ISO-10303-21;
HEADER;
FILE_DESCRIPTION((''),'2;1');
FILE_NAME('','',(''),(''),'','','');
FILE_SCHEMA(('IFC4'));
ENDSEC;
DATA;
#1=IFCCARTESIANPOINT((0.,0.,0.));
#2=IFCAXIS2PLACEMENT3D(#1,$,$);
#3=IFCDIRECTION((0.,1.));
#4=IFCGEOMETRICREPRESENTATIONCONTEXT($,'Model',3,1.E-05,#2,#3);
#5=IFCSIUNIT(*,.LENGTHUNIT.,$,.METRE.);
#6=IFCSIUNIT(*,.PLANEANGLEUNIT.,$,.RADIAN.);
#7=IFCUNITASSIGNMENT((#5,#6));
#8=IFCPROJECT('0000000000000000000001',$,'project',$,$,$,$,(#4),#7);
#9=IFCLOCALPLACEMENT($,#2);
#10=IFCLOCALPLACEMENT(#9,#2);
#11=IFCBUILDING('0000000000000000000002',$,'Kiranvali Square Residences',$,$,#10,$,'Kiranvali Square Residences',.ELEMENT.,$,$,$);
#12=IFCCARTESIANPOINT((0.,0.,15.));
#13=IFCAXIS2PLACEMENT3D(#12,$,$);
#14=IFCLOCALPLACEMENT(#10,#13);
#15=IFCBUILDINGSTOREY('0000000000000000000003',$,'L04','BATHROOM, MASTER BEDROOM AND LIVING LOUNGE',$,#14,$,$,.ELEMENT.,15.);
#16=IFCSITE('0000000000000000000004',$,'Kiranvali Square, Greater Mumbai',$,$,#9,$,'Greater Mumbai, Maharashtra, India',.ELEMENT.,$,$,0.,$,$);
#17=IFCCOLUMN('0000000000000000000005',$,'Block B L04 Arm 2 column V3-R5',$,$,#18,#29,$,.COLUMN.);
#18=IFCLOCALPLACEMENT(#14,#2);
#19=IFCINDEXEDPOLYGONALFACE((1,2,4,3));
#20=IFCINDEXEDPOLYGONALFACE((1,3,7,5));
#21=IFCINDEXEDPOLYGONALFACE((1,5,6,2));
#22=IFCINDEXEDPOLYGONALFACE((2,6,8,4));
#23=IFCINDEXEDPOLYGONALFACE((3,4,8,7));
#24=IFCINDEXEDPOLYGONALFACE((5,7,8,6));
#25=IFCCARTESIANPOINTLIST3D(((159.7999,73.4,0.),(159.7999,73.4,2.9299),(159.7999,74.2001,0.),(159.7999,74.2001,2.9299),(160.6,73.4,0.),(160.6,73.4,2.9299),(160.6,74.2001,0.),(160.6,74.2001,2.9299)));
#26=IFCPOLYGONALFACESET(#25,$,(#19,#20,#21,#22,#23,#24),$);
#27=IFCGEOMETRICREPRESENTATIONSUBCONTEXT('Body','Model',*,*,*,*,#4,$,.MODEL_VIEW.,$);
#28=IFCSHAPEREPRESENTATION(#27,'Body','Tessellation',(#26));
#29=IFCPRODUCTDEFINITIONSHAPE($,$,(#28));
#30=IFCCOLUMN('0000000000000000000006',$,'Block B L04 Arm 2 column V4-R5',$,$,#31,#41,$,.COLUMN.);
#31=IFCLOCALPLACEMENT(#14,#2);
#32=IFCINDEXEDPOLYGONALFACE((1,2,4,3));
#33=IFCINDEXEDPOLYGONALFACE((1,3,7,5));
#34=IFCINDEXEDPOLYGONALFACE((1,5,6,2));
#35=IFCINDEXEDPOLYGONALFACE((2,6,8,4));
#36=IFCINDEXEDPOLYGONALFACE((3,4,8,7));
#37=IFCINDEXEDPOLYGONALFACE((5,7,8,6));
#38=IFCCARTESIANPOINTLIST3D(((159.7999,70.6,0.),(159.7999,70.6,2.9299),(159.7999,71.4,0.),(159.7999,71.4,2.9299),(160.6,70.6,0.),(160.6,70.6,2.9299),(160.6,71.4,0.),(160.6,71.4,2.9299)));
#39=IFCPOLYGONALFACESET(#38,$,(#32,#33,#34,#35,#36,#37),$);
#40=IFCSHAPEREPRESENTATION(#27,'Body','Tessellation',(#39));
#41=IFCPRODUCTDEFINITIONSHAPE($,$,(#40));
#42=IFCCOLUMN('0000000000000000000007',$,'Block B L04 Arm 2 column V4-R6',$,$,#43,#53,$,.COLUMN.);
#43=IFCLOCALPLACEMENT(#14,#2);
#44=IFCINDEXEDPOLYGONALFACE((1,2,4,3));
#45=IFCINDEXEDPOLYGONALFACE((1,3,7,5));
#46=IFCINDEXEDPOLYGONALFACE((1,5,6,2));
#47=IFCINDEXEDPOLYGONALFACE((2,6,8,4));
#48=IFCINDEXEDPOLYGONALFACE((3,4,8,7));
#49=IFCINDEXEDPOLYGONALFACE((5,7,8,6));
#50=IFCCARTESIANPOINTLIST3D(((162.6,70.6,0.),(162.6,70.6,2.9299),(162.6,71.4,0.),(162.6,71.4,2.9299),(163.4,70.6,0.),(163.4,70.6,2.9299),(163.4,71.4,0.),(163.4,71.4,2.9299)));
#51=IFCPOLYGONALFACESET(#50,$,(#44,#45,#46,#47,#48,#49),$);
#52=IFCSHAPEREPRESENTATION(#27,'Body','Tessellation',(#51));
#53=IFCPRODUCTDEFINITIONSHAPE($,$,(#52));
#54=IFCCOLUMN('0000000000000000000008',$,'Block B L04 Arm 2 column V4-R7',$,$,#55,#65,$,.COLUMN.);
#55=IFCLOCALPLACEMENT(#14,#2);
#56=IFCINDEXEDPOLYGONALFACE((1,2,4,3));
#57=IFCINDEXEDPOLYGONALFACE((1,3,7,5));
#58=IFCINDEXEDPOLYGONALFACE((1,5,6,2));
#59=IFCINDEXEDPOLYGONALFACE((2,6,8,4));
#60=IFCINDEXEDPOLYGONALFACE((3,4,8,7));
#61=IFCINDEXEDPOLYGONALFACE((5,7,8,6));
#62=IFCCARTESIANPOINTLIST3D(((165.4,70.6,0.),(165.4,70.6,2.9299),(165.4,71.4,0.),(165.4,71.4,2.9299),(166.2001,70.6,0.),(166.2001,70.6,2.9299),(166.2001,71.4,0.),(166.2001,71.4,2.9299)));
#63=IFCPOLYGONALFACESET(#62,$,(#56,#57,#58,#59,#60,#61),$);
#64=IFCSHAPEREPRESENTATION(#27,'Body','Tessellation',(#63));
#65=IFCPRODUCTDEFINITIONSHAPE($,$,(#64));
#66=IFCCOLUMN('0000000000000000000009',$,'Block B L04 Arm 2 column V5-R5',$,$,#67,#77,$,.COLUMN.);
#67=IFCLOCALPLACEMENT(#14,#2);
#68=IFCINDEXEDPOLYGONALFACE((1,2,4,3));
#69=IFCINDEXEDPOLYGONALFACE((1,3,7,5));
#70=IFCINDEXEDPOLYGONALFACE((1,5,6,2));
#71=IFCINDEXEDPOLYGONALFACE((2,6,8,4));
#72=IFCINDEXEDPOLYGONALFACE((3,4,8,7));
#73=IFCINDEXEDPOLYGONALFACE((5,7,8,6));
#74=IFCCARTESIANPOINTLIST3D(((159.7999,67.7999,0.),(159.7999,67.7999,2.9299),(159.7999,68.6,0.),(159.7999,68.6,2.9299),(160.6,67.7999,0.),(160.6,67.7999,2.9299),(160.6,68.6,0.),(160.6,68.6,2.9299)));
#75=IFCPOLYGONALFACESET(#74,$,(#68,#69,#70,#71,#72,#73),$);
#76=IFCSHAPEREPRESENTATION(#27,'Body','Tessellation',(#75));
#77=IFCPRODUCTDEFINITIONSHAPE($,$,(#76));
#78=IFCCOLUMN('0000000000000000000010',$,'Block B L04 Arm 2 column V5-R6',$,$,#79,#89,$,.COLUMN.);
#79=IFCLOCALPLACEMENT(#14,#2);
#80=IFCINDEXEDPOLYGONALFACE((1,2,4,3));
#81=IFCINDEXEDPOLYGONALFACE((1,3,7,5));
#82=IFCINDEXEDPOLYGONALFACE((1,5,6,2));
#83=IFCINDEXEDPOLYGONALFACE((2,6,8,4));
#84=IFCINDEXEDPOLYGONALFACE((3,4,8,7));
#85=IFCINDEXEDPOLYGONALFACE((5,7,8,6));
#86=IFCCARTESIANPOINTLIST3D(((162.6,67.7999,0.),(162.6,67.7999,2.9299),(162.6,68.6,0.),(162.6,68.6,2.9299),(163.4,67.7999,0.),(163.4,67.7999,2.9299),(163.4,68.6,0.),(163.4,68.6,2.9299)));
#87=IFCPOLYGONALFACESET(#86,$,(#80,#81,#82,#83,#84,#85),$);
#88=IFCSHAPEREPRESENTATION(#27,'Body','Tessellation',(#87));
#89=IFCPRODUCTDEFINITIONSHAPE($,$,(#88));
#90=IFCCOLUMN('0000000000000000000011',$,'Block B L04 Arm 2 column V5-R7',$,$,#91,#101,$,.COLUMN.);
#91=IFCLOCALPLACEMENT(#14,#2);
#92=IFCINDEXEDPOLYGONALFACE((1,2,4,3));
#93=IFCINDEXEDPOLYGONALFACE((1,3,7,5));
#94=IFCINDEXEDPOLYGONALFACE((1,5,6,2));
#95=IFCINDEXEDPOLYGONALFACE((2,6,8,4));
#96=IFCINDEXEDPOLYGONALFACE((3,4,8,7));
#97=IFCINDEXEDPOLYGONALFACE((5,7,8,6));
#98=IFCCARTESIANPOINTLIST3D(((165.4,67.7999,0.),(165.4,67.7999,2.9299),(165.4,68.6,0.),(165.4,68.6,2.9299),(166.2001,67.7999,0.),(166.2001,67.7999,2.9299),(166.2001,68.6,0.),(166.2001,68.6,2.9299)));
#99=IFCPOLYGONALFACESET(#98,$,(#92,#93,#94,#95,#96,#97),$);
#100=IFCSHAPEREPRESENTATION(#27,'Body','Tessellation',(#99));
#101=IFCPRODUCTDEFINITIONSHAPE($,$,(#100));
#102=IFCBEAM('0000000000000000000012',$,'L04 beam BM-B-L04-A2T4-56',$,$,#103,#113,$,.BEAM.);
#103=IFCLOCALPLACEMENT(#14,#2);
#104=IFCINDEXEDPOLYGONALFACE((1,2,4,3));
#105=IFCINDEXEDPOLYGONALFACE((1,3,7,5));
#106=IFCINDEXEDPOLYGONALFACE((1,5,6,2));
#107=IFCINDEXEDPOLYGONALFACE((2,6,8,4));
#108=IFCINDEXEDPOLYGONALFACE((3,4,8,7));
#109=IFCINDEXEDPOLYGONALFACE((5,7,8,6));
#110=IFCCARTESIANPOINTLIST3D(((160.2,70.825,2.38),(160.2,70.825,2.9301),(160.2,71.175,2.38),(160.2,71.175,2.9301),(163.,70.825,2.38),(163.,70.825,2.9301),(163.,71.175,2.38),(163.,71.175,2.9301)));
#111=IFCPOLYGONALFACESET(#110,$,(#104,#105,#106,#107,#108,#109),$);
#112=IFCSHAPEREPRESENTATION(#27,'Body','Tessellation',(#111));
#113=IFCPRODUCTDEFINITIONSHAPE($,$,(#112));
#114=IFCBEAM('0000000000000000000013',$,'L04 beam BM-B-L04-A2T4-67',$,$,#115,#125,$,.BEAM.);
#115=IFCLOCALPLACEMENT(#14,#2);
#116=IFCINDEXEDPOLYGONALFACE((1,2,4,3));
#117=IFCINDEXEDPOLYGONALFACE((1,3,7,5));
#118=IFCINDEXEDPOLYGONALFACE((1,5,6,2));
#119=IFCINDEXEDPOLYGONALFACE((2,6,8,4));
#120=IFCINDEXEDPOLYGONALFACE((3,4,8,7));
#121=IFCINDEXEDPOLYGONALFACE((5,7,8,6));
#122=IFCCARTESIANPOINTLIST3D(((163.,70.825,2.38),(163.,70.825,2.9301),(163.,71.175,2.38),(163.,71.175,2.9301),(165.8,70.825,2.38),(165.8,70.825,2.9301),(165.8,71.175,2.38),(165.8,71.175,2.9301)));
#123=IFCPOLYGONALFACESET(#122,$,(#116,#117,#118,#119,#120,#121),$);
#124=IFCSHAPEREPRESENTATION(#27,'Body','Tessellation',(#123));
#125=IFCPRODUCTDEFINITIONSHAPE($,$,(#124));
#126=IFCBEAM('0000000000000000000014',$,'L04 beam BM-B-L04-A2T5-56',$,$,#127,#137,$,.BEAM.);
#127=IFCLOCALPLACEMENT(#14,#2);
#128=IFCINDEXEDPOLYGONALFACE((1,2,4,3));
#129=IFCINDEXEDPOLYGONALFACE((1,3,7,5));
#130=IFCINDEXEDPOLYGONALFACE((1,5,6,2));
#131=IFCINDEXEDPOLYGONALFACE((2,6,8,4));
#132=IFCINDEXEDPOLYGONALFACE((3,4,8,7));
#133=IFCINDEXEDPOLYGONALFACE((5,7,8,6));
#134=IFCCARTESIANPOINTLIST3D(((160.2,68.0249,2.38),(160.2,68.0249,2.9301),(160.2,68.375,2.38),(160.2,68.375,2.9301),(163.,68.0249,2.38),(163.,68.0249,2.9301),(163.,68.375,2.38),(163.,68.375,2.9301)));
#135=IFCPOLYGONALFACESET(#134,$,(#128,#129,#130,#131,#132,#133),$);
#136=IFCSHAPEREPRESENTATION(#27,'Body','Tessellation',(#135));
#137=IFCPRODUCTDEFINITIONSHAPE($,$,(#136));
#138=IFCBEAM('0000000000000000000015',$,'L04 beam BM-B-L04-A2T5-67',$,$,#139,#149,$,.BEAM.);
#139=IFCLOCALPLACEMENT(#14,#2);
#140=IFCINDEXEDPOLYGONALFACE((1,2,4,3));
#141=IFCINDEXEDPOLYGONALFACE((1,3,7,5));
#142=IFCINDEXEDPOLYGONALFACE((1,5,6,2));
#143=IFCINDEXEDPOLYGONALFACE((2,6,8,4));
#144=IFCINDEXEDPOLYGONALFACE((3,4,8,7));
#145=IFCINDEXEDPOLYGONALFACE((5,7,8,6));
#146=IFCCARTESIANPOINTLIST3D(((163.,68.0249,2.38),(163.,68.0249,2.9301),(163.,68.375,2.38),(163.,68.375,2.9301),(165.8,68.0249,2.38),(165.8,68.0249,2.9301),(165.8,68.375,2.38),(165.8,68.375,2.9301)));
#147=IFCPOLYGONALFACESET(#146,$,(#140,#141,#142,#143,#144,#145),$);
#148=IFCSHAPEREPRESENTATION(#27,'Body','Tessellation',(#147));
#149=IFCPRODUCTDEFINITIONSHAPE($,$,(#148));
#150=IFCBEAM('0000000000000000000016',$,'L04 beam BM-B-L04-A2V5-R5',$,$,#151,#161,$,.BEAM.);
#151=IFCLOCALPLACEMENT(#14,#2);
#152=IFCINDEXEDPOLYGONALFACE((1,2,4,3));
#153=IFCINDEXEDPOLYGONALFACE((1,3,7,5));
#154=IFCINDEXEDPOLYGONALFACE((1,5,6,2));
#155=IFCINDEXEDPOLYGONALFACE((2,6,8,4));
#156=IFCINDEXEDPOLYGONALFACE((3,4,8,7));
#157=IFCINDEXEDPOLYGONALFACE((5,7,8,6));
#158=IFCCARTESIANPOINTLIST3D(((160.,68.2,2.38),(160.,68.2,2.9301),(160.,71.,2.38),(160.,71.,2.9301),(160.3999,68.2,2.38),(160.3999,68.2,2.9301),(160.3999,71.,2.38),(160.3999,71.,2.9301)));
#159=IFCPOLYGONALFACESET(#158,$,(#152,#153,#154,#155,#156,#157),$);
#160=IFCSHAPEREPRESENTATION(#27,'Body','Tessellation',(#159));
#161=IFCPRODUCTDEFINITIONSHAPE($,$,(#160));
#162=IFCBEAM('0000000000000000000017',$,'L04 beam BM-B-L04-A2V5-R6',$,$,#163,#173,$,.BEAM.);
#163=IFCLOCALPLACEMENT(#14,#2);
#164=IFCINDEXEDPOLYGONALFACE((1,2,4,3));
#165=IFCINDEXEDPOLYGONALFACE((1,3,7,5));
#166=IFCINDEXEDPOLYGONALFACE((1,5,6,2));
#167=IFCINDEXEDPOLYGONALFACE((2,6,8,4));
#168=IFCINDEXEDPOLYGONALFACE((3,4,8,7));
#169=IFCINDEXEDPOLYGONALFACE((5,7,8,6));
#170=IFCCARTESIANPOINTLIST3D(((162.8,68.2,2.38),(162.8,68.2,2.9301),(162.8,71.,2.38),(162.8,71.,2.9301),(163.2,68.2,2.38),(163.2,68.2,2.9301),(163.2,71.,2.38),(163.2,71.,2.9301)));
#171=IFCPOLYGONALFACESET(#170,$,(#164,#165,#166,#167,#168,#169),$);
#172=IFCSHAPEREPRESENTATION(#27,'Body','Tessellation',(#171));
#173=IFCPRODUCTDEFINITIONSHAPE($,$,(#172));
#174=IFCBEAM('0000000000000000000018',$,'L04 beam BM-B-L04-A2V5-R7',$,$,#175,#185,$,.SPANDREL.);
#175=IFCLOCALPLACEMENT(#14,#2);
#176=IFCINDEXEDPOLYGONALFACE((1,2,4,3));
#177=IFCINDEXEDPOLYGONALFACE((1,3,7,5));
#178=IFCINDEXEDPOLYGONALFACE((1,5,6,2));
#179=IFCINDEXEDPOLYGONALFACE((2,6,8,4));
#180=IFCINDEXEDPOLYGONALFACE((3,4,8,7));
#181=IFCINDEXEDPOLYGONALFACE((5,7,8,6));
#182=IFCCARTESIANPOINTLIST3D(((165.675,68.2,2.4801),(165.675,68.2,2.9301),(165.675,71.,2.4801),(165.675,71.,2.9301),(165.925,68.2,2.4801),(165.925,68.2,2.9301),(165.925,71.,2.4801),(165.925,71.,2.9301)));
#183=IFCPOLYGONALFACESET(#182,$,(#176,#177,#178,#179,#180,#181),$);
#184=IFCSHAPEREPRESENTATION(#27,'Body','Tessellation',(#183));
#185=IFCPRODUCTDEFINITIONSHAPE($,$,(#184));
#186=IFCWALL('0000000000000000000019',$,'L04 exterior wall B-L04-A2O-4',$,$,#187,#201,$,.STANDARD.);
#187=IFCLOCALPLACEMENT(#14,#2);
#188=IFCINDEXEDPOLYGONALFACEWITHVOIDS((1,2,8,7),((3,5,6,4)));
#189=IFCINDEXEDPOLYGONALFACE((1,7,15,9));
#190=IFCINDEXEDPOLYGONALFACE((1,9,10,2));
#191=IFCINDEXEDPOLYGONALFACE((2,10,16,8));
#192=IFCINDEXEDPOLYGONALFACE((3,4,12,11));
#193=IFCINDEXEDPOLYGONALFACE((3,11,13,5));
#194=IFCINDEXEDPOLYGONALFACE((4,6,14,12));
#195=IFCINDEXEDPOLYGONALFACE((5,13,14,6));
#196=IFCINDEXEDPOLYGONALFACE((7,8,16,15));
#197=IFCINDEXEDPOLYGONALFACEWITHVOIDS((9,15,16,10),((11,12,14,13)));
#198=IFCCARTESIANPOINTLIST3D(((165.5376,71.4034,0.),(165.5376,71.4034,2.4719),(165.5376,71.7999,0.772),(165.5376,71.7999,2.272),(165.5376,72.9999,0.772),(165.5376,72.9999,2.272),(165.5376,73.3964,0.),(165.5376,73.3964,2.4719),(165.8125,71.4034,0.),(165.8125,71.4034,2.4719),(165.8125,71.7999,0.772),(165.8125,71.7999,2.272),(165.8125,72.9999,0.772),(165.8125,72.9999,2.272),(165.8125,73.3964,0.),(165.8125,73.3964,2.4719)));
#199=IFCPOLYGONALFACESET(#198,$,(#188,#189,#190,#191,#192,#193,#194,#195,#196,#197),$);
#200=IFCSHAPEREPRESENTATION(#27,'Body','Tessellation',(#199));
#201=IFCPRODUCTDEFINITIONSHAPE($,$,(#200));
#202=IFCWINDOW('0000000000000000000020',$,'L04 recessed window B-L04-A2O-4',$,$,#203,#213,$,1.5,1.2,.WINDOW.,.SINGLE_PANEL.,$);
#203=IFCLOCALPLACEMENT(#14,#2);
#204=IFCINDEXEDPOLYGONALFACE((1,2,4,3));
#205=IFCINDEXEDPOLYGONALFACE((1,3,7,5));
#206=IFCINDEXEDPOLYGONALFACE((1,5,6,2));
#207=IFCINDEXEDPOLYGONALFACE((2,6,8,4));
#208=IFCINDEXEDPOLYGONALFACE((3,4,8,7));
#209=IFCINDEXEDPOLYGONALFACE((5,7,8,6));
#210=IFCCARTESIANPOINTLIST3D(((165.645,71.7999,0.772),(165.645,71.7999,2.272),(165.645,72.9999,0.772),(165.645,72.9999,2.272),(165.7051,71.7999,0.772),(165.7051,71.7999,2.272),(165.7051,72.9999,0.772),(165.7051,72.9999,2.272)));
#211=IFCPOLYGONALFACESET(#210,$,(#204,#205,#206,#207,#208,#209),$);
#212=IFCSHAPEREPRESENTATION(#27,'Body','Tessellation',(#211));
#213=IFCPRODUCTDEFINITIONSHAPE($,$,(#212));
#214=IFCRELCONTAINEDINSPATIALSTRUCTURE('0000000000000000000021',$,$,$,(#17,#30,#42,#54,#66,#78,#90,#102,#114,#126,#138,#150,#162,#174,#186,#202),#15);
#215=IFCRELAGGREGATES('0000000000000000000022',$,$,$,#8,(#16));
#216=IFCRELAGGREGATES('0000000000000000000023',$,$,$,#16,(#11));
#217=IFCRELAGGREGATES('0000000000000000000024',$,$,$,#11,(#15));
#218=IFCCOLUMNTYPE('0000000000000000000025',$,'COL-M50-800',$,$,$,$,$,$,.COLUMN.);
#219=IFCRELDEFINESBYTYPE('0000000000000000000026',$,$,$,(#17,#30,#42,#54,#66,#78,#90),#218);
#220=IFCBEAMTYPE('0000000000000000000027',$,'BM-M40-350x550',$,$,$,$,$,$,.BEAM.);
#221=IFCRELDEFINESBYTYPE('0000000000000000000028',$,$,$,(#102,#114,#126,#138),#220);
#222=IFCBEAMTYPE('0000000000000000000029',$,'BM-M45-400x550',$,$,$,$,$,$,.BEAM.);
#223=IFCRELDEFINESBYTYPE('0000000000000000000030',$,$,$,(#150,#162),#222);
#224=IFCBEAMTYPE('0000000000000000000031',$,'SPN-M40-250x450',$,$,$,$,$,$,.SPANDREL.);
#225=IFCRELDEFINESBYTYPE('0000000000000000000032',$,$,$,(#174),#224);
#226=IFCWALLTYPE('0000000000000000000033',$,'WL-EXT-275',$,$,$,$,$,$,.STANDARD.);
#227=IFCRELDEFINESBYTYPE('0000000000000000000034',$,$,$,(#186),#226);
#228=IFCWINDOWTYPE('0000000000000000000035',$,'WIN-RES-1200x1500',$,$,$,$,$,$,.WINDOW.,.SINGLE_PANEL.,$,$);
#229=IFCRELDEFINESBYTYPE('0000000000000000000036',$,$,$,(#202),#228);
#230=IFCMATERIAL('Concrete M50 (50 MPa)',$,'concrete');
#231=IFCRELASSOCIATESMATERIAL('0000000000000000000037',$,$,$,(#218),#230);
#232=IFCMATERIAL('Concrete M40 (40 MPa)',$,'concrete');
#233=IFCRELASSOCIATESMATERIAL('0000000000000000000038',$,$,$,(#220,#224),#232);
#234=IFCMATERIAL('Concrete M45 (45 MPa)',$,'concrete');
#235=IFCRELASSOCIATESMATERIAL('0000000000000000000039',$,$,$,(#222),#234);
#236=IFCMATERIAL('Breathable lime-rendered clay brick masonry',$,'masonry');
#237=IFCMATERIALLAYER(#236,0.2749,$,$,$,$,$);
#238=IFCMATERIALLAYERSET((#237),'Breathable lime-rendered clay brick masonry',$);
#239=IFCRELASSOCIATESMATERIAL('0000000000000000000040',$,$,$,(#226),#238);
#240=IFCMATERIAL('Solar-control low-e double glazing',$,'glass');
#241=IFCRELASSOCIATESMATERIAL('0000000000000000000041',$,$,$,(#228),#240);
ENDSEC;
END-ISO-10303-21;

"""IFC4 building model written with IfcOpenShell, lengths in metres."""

from ifc_helpers import new_model, si_unit, direction, frame, frame_2d, origin, origin_2d, place, context, subcontext, project, spatial, rectangle, extrude, material, layer, layer_set, material_profile, profile_set, type_object, element, fill, save


model = new_model("IFC4")

# Units and contexts
model_context = context("Model", 3, precision=1e-05, world=origin(), true_north=direction((0.0, 1.0)))
body_context = subcontext(model_context, "Body", "Model", "MODEL_VIEW")
ifc_project = project(units=[si_unit("LENGTHUNIT", "METRE"), si_unit("PLANEANGLEUNIT", "RADIAN")], contexts=[model_context])

# Site, building, storey
site_placement = place(None, origin())
site = spatial("IfcSite", under=ifc_project, at=site_placement, Name="Kiranvali Square, Greater Mumbai", LongName="Greater Mumbai, Maharashtra, India", CompositionType="ELEMENT", RefElevation=0.0)
building_placement = place(site_placement, origin())
building = spatial("IfcBuilding", under=site, at=building_placement, Name="Kiranvali Square Residences", LongName="Kiranvali Square Residences", CompositionType="ELEMENT")
storey_placement = place(building_placement, frame((0.0, 0.0, 15.0)))
storey = spatial("IfcBuildingStorey", under=building, at=storey_placement, Name="L04", Description="BATHROOM, MASTER BEDROOM AND LIVING LOUNGE", CompositionType="ELEMENT", Elevation=15.0)

# Columns
ifc_material_1 = material(Name="Concrete M50 (50 MPa)", Category="concrete")
ifc_material_profile_1 = material_profile(ifc_material_1, rectangle(XDim=0.8, YDim=0.8, at=origin_2d()), Name="RC 800x800")
ifc_profile_set_1 = profile_set([ifc_material_profile_1], Name="Concrete M50 (50 MPa)")
column_type = type_object("IfcColumnType", Name="COL-M50-800", PredefinedType="COLUMN", material=ifc_profile_set_1)
for number, where, z_axis, x_axis, name in (
    (1, (160.2, 73.8, 0.0), (0.0, 0.0, 1.0), (1.0, 0.0, 0.0), "Block B L04 Arm 2 column V3-R5"),
    (2, (160.2, 71.0, 0.0), (0.0, 0.0, 1.0), (1.0, 0.0, 0.0), "Block B L04 Arm 2 column V4-R5"),
    (3, (163.0, 71.0, 0.0), (0.0, 0.0, 1.0), (1.0, 0.0, 0.0), "Block B L04 Arm 2 column V4-R6"),
    (4, (165.8, 71.0, 0.0), (0.0, 0.0, 1.0), (1.0, 0.0, 0.0), "Block B L04 Arm 2 column V4-R7"),
    (5, (160.2, 68.2, 0.0), (0.0, 0.0, 1.0), (1.0, 0.0, 0.0), "Block B L04 Arm 2 column V5-R5"),
    (6, (163.0, 68.2, 0.0), (0.0, 0.0, 1.0), (1.0, 0.0, 0.0), "Block B L04 Arm 2 column V5-R6"),
    (7, (165.8, 68.2, 0.0), (0.0, 0.0, 1.0), (1.0, 0.0, 0.0), "Block B L04 Arm 2 column V5-R7"),
):
    element("IfcColumn", number, at=place(storey_placement, frame(where, z_axis=z_axis, x_axis=x_axis)), inside=storey, type_object=column_type, Name=name, PredefinedType="COLUMN", context=body_context, shape_type="SweptSolid", body=[
        extrude(rectangle(XDim=0.8, YDim=0.8, at=origin_2d()), origin(), (0.0, 0.0, 1.0), 2.9299),
    ])

# Beams
ifc_material_2 = material(Name="Concrete M40 (40 MPa)", Category="concrete")
ifc_material_profile_2 = material_profile(ifc_material_2, rectangle(XDim=0.3501, YDim=0.55, at=origin_2d()), Name="RC 350x550")
ifc_profile_set_2 = profile_set([ifc_material_profile_2], Name="Concrete M40 (40 MPa)")
beam_type_1 = type_object("IfcBeamType", Name="BM-M40-350x550", PredefinedType="BEAM", material=ifc_profile_set_2)
for number, where, z_axis, x_axis, name in (
    (8, (160.2, 71.0, 2.655), (1.0, 0.0, 0.0), (0.0, 1.0, 0.0), "L04 beam BM-B-L04-A2T4-56"),
    (9, (163.0, 71.0, 2.655), (1.0, 0.0, 0.0), (0.0, 1.0, 0.0), "L04 beam BM-B-L04-A2T4-67"),
    (10, (160.2, 68.2, 2.655), (1.0, 0.0, 0.0), (0.0, 1.0, 0.0), "L04 beam BM-B-L04-A2T5-56"),
    (11, (163.0, 68.2, 2.655), (1.0, 0.0, 0.0), (0.0, 1.0, 0.0), "L04 beam BM-B-L04-A2T5-67"),
):
    element("IfcBeam", number, at=place(storey_placement, frame(where, z_axis=z_axis, x_axis=x_axis)), inside=storey, type_object=beam_type_1, Name=name, PredefinedType="BEAM", context=body_context, shape_type="SweptSolid", body=[
        extrude(rectangle(XDim=0.3501, YDim=0.55, at=origin_2d()), origin(), (0.0, 0.0, 1.0), 2.8),
    ])
ifc_material_3 = material(Name="Concrete M45 (45 MPa)", Category="concrete")
ifc_material_profile_3 = material_profile(ifc_material_3, rectangle(XDim=0.3999, YDim=0.55, at=origin_2d()), Name="RC 400x550")
ifc_profile_set_3 = profile_set([ifc_material_profile_3], Name="Concrete M45 (45 MPa)")
beam_type_2 = type_object("IfcBeamType", Name="BM-M45-400x550", PredefinedType="BEAM", material=ifc_profile_set_3)
for number, where, z_axis, x_axis, name in (
    (12, (160.2, 71.0, 2.655), (0.0, -1.0, 0.0), (1.0, 0.0, 0.0), "L04 beam BM-B-L04-A2V5-R5"),
    (13, (163.0, 71.0, 2.655), (0.0, -1.0, 0.0), (1.0, 0.0, 0.0), "L04 beam BM-B-L04-A2V5-R6"),
):
    element("IfcBeam", number, at=place(storey_placement, frame(where, z_axis=z_axis, x_axis=x_axis)), inside=storey, type_object=beam_type_2, Name=name, PredefinedType="BEAM", context=body_context, shape_type="SweptSolid", body=[
        extrude(rectangle(XDim=0.3999, YDim=0.55, at=origin_2d()), origin(), (0.0, 0.0, 1.0), 2.8),
    ])
ifc_material_profile_4 = material_profile(ifc_material_2, rectangle(XDim=0.25, YDim=0.45, at=origin_2d()), Name="RC 250x450")
ifc_profile_set_4 = profile_set([ifc_material_profile_4], Name="Concrete M40 (40 MPa)")
beam_type_3 = type_object("IfcBeamType", Name="SPN-M40-250x450", PredefinedType="SPANDREL", material=ifc_profile_set_4)
beam_placement = place(storey_placement, frame((165.8, 71.0, 2.7051), z_axis=(0.0, -1.0, 0.0), x_axis=(1.0, 0.0, 0.0)))
element("IfcBeam", 14, at=beam_placement, inside=storey, type_object=beam_type_3, Name="L04 beam BM-B-L04-A2V5-R7", PredefinedType="SPANDREL", context=body_context, shape_type="SweptSolid", body=[
    extrude(rectangle(XDim=0.25, YDim=0.45, at=origin_2d()), origin(), (0.0, 0.0, 1.0), 2.8),
])

# Wall, opening, window
ifc_material_4 = material(Name="Breathable lime-rendered clay brick masonry", Category="masonry")
ifc_layer = layer(ifc_material_4, 0.2749)
ifc_layer_set = layer_set([ifc_layer], Name="Breathable lime-rendered clay brick masonry")
wall_type = type_object("IfcWallType", Name="WL-EXT-275", PredefinedType="STANDARD", material=ifc_layer_set)
wall_1_placement = place(storey_placement, frame((165.675, 73.3965, 0.0), z_axis=(0.0, 0.0, 1.0), x_axis=(0.0, -1.0, 0.0)))
wall_1 = element("IfcWall", 15, at=wall_1_placement, inside=storey, type_object=wall_type, Name="L04 exterior wall B-L04-A2O-4", PredefinedType="STANDARD", context=body_context, shape_type="SweptSolid", body=[
    extrude(rectangle(XDim=1.9929, YDim=0.2749, at=frame_2d((0.9966, 0.0))), origin(), (0.0, 0.0, 1.0), 2.4719),
])
opening_1_placement = place(wall_1_placement, frame((0.3965, 0.0, 0.772)))
opening_1 = element("IfcOpeningElement", 16, at=opening_1_placement, cuts=wall_1, PredefinedType="OPENING", context=body_context, shape_type="SweptSolid", body=[
    extrude(rectangle(XDim=1.2, YDim=1.5, at=frame_2d((0.6001, 0.75))), frame((0.0, 0.1475, 0.0), z_axis=(0.0, -1.0, 0.0), x_axis=(1.0, 0.0, 0.0)), (0.0, 0.0, 1.0), 0.2949),
])
ifc_material_5 = material(Name="Solar-control low-e double glazing", Category="glass")
window_type = type_object("IfcWindowType", Name="WIN-RES-1200x1500", PartitioningType="SINGLE_PANEL", PredefinedType="WINDOW", material=ifc_material_5)
window_1_placement = place(opening_1_placement, origin())
window_1 = element("IfcWindow", 17, at=window_1_placement, inside=storey, type_object=window_type, Name="L04 recessed window B-L04-A2O-4", OverallHeight=1.5, OverallWidth=1.2, PartitioningType="SINGLE_PANEL", PredefinedType="WINDOW", context=body_context, shape_type="SweptSolid", body=[
    extrude(rectangle(XDim=1.2, YDim=1.5, at=frame_2d((0.6001, 0.75))), frame((0.0, 0.03, 0.0), z_axis=(0.0, -1.0, 0.0), x_axis=(1.0, 0.0, 0.0)), (0.0, 0.0, 1.0), 0.0601),
])
fill(opening_1, window_1)

save(model, "model.ifc")
